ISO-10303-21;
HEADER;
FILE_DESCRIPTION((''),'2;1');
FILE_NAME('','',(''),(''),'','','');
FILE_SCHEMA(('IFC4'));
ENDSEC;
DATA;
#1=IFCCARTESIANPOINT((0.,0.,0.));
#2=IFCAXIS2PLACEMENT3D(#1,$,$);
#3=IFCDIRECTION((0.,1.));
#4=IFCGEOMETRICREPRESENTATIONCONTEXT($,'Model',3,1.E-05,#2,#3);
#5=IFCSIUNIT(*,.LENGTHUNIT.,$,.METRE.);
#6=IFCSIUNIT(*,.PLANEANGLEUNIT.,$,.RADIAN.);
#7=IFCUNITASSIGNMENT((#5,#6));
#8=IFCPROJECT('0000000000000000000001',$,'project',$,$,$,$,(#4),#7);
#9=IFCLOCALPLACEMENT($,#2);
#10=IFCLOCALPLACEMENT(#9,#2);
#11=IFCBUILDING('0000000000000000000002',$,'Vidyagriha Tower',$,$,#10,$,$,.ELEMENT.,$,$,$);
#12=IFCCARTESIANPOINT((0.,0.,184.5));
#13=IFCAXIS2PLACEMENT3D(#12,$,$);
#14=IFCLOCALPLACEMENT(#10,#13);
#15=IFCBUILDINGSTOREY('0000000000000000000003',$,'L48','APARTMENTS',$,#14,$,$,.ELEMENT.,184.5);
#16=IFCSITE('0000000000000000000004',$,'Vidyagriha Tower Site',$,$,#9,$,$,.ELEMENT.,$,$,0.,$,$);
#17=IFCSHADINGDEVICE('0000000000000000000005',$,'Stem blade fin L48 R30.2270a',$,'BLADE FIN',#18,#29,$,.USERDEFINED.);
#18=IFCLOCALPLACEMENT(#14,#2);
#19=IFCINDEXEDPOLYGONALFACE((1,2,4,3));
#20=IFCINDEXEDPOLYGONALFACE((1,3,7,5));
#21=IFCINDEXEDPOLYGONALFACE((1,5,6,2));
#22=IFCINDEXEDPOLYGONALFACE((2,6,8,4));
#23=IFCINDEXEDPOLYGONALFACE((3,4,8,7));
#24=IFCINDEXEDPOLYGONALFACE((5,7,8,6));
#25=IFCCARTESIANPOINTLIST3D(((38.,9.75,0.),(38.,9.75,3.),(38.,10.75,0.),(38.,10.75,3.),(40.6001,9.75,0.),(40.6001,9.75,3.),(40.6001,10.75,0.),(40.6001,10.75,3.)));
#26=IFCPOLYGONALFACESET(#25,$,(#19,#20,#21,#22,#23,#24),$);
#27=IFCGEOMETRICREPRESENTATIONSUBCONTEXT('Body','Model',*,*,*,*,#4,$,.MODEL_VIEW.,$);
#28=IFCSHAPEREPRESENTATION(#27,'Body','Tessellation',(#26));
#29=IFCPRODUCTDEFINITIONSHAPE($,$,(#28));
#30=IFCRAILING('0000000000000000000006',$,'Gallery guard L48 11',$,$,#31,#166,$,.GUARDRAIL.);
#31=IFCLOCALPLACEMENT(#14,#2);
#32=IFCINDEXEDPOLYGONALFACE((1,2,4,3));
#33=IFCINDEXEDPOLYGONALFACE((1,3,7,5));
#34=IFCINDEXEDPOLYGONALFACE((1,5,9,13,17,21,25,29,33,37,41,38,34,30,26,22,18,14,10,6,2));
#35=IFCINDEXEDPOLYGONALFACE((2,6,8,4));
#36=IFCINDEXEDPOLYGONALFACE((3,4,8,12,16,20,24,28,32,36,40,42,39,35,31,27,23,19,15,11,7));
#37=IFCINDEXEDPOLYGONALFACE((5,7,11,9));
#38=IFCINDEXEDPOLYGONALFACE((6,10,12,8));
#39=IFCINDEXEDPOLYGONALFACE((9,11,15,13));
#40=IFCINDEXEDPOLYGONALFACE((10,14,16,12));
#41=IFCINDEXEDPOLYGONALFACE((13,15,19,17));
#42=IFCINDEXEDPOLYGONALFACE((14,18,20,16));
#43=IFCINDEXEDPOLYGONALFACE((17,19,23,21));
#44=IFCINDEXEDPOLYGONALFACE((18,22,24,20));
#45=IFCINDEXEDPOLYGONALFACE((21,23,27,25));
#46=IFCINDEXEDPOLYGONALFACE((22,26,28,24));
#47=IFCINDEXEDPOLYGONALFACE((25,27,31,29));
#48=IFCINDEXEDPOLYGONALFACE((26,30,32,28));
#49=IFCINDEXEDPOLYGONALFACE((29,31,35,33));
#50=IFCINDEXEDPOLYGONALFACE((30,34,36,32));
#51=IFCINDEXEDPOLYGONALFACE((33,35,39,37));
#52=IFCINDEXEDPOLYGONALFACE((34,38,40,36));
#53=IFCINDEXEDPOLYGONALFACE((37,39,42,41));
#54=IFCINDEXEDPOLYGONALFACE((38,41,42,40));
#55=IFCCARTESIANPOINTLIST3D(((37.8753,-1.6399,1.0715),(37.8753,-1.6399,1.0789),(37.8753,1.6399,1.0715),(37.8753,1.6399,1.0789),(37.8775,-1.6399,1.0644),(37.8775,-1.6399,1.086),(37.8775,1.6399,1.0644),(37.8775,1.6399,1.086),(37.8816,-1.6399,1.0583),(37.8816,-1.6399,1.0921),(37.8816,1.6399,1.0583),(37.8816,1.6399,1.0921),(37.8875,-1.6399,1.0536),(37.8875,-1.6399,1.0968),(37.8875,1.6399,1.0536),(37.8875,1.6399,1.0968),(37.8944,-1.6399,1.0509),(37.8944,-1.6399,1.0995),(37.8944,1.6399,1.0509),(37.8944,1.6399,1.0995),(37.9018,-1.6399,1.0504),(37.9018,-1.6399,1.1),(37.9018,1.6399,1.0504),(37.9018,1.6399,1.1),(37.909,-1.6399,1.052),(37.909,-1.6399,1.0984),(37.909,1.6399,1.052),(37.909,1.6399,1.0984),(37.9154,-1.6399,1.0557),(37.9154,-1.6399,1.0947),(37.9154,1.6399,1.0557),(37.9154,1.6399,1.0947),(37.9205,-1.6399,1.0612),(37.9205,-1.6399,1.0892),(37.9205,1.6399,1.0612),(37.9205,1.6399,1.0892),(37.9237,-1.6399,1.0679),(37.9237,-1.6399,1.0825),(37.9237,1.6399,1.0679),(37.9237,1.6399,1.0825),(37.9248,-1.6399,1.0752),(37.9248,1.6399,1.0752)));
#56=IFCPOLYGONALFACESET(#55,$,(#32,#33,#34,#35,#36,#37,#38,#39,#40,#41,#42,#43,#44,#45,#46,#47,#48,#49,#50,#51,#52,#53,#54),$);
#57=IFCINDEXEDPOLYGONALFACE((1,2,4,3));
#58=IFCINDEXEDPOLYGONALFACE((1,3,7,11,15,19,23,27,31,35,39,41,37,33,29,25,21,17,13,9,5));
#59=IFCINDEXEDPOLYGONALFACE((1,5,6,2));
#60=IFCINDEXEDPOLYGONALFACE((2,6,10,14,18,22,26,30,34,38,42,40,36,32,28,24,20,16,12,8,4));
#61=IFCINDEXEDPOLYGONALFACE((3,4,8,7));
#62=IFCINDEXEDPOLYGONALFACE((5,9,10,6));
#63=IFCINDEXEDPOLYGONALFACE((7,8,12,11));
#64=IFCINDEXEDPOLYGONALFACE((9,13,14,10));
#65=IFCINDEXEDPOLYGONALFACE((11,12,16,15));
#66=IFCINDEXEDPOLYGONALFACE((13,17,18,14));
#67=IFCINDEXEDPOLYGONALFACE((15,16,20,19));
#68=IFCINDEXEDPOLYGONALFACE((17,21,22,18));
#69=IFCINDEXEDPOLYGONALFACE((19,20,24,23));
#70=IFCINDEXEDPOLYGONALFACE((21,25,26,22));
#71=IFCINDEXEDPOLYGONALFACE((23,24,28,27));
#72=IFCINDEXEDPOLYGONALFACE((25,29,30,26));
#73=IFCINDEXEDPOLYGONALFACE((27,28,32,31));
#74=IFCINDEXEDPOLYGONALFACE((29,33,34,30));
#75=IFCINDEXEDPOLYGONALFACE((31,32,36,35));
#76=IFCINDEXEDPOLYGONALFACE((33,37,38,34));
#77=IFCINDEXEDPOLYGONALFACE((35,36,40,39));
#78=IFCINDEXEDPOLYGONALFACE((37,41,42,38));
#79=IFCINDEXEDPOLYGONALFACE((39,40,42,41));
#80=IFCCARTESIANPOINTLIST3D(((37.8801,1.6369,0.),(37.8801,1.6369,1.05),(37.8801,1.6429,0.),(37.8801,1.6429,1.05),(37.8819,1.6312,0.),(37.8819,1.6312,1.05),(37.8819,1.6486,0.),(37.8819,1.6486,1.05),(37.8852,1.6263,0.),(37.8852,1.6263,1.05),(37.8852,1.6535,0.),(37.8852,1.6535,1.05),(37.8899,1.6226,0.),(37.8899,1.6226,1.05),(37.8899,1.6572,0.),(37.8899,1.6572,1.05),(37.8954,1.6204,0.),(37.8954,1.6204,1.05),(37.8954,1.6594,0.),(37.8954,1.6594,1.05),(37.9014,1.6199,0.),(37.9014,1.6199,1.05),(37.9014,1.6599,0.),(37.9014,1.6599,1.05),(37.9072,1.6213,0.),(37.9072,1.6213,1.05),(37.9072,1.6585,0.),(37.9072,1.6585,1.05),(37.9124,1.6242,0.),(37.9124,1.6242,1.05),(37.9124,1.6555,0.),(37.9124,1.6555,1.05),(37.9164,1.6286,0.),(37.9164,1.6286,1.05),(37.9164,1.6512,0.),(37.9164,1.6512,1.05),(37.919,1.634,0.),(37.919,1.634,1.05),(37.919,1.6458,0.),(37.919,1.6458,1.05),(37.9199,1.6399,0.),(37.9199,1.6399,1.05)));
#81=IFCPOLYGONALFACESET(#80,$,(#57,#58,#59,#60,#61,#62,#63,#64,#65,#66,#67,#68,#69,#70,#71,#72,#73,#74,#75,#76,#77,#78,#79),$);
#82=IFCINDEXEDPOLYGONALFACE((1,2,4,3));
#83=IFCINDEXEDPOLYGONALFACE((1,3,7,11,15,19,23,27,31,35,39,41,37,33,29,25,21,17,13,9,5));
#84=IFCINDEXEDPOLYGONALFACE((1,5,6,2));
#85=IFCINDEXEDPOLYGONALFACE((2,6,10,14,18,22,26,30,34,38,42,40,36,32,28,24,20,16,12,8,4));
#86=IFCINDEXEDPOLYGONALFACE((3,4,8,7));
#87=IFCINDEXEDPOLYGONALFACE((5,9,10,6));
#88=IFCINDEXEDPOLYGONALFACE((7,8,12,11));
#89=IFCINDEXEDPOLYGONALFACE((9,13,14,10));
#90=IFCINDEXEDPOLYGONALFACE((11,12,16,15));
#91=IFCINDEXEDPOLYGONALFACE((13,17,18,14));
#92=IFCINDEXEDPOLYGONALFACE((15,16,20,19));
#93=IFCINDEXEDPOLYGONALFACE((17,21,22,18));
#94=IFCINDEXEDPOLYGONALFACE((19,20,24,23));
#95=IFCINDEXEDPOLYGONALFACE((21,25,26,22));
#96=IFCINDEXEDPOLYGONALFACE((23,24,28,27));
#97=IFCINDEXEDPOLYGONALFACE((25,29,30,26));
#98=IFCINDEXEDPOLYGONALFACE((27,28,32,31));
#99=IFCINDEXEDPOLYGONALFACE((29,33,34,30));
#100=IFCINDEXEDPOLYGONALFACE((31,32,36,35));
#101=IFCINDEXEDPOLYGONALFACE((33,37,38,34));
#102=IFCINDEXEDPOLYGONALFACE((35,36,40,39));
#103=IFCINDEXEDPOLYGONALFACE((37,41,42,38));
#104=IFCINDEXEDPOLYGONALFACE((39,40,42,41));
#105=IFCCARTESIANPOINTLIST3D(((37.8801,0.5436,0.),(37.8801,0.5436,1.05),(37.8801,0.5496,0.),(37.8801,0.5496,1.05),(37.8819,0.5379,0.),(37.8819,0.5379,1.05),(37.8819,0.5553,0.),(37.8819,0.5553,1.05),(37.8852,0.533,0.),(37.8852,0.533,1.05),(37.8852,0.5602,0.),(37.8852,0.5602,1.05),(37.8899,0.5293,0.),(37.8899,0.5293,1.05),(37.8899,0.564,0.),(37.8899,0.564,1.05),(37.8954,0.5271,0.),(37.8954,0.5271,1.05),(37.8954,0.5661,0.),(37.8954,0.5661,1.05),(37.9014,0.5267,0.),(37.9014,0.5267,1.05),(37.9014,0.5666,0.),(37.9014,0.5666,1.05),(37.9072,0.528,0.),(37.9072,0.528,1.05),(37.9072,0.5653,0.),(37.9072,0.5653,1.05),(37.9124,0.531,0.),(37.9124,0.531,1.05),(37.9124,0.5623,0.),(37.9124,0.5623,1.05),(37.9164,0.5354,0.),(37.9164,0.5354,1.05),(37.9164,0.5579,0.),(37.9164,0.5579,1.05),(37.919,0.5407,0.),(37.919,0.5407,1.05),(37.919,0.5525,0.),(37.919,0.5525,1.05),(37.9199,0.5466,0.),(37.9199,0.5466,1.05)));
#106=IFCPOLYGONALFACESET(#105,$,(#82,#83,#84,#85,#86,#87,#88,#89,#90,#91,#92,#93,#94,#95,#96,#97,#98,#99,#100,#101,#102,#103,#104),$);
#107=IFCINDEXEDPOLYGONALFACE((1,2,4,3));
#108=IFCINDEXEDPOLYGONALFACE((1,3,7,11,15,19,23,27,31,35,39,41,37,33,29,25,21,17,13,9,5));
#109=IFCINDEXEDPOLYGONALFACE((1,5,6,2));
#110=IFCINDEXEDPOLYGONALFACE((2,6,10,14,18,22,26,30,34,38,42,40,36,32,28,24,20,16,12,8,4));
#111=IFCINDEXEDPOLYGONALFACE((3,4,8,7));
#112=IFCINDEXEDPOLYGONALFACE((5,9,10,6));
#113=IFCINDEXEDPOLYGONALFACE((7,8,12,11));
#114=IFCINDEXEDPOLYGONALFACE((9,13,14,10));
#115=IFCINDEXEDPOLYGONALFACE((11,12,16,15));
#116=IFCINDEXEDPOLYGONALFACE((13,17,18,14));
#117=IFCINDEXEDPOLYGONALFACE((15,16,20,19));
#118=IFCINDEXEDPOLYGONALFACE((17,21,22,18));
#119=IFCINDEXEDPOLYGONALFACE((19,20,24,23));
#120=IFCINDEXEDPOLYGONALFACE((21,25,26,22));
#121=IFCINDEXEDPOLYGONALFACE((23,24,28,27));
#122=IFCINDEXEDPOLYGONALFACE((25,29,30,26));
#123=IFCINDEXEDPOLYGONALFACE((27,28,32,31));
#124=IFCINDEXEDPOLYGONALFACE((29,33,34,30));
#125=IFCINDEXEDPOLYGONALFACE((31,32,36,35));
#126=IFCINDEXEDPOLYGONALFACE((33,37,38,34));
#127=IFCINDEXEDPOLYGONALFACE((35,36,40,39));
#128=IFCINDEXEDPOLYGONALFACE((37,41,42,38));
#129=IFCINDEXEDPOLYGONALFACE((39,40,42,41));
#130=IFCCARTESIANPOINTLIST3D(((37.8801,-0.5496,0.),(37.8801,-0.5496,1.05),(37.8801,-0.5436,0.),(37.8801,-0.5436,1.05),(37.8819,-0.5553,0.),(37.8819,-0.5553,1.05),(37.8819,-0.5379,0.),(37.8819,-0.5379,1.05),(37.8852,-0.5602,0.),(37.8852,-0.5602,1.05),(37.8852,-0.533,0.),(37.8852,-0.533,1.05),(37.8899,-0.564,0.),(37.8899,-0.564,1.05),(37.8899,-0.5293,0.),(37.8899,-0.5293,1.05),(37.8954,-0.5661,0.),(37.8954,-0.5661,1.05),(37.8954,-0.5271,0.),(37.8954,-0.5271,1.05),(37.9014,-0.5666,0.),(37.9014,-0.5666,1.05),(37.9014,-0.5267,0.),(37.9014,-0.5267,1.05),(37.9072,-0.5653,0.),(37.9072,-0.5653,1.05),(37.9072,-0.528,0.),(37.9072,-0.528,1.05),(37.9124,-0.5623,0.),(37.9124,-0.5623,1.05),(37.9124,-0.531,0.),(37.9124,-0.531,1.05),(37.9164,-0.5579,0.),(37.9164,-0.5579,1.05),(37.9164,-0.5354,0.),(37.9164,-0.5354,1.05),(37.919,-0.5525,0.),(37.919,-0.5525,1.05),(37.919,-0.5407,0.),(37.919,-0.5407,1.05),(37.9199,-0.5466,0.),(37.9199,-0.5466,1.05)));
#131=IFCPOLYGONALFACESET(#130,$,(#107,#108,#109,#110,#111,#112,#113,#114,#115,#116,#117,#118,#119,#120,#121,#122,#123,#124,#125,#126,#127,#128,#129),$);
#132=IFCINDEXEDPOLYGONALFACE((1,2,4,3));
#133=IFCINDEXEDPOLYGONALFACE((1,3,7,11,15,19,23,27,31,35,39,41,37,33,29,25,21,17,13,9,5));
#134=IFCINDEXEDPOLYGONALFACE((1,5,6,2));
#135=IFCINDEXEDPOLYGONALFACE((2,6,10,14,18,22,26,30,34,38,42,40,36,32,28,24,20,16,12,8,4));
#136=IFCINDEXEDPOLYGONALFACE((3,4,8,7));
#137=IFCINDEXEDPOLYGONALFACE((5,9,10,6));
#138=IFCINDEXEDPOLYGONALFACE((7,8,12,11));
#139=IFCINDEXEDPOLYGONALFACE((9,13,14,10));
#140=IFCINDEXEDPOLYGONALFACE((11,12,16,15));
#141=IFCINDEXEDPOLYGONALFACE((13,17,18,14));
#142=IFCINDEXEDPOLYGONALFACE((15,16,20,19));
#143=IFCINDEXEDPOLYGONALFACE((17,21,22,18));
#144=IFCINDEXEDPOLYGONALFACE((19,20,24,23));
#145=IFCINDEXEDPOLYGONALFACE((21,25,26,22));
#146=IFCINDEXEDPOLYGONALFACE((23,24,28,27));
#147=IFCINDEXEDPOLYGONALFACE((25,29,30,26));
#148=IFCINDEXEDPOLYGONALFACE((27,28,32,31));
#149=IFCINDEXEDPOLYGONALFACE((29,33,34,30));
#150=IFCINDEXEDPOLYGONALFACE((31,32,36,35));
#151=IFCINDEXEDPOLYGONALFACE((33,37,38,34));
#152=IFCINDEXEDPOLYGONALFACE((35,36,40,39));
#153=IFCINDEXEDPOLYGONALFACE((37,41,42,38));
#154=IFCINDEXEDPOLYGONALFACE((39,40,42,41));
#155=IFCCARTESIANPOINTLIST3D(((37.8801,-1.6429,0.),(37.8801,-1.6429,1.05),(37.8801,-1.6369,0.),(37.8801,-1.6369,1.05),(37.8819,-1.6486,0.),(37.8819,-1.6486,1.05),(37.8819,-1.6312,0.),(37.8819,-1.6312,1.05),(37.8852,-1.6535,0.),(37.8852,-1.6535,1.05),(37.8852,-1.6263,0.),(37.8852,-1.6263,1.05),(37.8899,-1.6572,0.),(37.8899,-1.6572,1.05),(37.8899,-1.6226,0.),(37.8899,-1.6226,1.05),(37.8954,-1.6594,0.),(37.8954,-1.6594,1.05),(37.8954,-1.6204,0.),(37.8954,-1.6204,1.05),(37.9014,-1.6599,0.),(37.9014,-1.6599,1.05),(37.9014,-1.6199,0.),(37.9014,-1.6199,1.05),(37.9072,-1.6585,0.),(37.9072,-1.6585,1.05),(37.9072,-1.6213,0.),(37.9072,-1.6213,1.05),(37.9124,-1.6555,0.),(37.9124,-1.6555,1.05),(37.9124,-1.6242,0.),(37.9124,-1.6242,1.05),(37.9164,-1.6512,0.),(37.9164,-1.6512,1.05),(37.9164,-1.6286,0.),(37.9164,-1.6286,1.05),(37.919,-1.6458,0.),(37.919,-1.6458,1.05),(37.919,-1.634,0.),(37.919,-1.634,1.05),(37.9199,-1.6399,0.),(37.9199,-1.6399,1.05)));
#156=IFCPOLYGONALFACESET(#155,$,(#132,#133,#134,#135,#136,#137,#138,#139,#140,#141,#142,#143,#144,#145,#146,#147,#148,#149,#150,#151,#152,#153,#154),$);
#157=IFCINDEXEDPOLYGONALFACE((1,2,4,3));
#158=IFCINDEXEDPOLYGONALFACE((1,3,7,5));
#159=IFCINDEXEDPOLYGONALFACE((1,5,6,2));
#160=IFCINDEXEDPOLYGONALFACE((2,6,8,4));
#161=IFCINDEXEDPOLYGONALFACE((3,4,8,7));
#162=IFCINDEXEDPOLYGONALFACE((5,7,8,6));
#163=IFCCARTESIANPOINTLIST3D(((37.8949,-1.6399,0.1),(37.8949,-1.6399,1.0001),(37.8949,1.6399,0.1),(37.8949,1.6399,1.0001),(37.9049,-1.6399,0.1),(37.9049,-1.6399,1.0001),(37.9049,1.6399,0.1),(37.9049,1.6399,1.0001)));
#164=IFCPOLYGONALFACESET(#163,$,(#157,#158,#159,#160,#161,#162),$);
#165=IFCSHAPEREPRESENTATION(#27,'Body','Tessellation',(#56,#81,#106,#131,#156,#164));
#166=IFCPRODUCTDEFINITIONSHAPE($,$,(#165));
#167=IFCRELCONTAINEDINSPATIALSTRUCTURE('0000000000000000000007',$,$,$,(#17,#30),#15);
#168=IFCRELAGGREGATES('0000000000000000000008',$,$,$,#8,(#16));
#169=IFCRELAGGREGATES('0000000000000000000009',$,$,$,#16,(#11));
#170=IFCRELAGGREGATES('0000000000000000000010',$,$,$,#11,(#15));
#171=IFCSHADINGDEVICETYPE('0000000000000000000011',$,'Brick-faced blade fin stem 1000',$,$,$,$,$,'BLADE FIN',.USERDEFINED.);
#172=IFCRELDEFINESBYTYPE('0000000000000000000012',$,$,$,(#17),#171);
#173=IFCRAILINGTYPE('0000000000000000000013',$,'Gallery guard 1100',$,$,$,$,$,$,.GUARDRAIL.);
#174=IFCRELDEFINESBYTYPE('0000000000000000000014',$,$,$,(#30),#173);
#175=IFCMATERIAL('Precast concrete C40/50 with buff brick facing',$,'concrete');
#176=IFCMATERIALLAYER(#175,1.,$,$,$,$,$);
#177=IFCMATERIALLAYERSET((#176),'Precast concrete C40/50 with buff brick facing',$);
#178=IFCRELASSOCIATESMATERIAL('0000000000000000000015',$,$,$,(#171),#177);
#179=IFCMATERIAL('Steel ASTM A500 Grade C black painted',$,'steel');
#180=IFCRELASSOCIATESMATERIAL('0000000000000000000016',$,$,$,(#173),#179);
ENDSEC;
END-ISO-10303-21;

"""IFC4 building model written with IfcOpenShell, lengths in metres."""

from ifc_helpers import new_model, si_unit, direction, frame, origin, origin_2d, place, context, subcontext, project, spatial, polyline, rectangle, circle, outline, extrude, material, layer, layer_set, type_object, element, save


model = new_model("IFC4")

# Units and contexts
model_context = context("Model", 3, precision=1e-05, world=origin(), true_north=direction((0.0, 1.0)))
body_context = subcontext(model_context, "Body", "Model", "MODEL_VIEW")
ifc_project = project(units=[si_unit("LENGTHUNIT", "METRE"), si_unit("PLANEANGLEUNIT", "RADIAN")], contexts=[model_context])

# Site, building, storey
site_placement = place(None, origin())
site = spatial("IfcSite", under=ifc_project, at=site_placement, Name="Vidyagriha Tower Site", CompositionType="ELEMENT", RefElevation=0.0)
building_placement = place(site_placement, origin())
building = spatial("IfcBuilding", under=site, at=building_placement, Name="Vidyagriha Tower", CompositionType="ELEMENT")
storey_placement = place(building_placement, frame((0.0, 0.0, 184.5)))
storey = spatial("IfcBuildingStorey", under=building, at=storey_placement, Name="L48", Description="APARTMENTS", CompositionType="ELEMENT", Elevation=184.5)

# Shading device
ifc_material_1 = material(Name="Precast concrete C40/50 with buff brick facing", Category="concrete")
ifc_layer_1 = layer(ifc_material_1, 1.0)
ifc_layer_set_1 = layer_set([ifc_layer_1], Name="Precast concrete C40/50 with buff brick facing")
shading_device_type_1 = type_object("IfcShadingDeviceType", Name="Brick-faced blade fin stem 1000", ElementType="BLADE FIN", PredefinedType="USERDEFINED", material=ifc_layer_set_1)
shading_device_1_placement = place(storey_placement, frame((39.3, 9.75, 0.0), z_axis=(0.0, 0.0, 1.0), x_axis=(0.0, 1.0, 0.0)))
element("IfcShadingDevice", 1, at=shading_device_1_placement, inside=storey, type_object=shading_device_type_1, Name="Stem blade fin L48 R30.2270a", ObjectType="BLADE FIN", PredefinedType="USERDEFINED", context=body_context, shape_type="SweptSolid", body=[
    extrude(outline(polyline([(0.0, 0.0), (1.0, 0.0), (1.0, 3.0), (0.0, 3.0), (0.0, 0.0)])), frame((0.0, 1.3, 0.0), z_axis=(0.0, -1.0, 0.0), x_axis=(1.0, 0.0, 0.0)), (0.0, 0.0, 1.0), 2.6001),
])

# Railing
ifc_material_2 = material(Name="Steel ASTM A500 Grade C black painted", Category="steel")
railing_type_1 = type_object("IfcRailingType", Name="Gallery guard 1100", PredefinedType="GUARDRAIL", material=ifc_material_2)
railing_1_placement = place(storey_placement, frame((37.8999, 1.6399, 0.0)))
element("IfcRailing", 2, at=railing_1_placement, inside=storey, type_object=railing_type_1, Name="Gallery guard L48 11", PredefinedType="GUARDRAIL", context=body_context, shape_type="SweptSolid", body=[
    extrude(circle(Radius=0.0249, at=origin_2d()), frame((0.0, 0.0, 1.0752), z_axis=(0.0, -1.0, 0.0), x_axis=(1.0, 0.0, 0.0)), (0.0, 0.0, 1.0), 3.2798),
    extrude(circle(Radius=0.02, at=origin_2d()), origin(), (0.0, 0.0, 1.0), 1.05),
    extrude(circle(Radius=0.02, at=origin_2d()), frame((0.0, -1.0933, 0.0)), (0.0, 0.0, 1.0), 1.05),
    extrude(circle(Radius=0.02, at=origin_2d()), frame((0.0, -2.1865, 0.0)), (0.0, 0.0, 1.0), 1.05),
    extrude(circle(Radius=0.02, at=origin_2d()), frame((0.0, -3.2798, 0.0)), (0.0, 0.0, 1.0), 1.05),
    extrude(rectangle(XDim=0.01, YDim=0.9001, at=origin_2d()), frame((0.0, 0.0, 0.55), z_axis=(0.0, -1.0, 0.0), x_axis=(1.0, 0.0, 0.0)), (0.0, 0.0, 1.0), 3.2798),
])

save(model, "model.ifc")
